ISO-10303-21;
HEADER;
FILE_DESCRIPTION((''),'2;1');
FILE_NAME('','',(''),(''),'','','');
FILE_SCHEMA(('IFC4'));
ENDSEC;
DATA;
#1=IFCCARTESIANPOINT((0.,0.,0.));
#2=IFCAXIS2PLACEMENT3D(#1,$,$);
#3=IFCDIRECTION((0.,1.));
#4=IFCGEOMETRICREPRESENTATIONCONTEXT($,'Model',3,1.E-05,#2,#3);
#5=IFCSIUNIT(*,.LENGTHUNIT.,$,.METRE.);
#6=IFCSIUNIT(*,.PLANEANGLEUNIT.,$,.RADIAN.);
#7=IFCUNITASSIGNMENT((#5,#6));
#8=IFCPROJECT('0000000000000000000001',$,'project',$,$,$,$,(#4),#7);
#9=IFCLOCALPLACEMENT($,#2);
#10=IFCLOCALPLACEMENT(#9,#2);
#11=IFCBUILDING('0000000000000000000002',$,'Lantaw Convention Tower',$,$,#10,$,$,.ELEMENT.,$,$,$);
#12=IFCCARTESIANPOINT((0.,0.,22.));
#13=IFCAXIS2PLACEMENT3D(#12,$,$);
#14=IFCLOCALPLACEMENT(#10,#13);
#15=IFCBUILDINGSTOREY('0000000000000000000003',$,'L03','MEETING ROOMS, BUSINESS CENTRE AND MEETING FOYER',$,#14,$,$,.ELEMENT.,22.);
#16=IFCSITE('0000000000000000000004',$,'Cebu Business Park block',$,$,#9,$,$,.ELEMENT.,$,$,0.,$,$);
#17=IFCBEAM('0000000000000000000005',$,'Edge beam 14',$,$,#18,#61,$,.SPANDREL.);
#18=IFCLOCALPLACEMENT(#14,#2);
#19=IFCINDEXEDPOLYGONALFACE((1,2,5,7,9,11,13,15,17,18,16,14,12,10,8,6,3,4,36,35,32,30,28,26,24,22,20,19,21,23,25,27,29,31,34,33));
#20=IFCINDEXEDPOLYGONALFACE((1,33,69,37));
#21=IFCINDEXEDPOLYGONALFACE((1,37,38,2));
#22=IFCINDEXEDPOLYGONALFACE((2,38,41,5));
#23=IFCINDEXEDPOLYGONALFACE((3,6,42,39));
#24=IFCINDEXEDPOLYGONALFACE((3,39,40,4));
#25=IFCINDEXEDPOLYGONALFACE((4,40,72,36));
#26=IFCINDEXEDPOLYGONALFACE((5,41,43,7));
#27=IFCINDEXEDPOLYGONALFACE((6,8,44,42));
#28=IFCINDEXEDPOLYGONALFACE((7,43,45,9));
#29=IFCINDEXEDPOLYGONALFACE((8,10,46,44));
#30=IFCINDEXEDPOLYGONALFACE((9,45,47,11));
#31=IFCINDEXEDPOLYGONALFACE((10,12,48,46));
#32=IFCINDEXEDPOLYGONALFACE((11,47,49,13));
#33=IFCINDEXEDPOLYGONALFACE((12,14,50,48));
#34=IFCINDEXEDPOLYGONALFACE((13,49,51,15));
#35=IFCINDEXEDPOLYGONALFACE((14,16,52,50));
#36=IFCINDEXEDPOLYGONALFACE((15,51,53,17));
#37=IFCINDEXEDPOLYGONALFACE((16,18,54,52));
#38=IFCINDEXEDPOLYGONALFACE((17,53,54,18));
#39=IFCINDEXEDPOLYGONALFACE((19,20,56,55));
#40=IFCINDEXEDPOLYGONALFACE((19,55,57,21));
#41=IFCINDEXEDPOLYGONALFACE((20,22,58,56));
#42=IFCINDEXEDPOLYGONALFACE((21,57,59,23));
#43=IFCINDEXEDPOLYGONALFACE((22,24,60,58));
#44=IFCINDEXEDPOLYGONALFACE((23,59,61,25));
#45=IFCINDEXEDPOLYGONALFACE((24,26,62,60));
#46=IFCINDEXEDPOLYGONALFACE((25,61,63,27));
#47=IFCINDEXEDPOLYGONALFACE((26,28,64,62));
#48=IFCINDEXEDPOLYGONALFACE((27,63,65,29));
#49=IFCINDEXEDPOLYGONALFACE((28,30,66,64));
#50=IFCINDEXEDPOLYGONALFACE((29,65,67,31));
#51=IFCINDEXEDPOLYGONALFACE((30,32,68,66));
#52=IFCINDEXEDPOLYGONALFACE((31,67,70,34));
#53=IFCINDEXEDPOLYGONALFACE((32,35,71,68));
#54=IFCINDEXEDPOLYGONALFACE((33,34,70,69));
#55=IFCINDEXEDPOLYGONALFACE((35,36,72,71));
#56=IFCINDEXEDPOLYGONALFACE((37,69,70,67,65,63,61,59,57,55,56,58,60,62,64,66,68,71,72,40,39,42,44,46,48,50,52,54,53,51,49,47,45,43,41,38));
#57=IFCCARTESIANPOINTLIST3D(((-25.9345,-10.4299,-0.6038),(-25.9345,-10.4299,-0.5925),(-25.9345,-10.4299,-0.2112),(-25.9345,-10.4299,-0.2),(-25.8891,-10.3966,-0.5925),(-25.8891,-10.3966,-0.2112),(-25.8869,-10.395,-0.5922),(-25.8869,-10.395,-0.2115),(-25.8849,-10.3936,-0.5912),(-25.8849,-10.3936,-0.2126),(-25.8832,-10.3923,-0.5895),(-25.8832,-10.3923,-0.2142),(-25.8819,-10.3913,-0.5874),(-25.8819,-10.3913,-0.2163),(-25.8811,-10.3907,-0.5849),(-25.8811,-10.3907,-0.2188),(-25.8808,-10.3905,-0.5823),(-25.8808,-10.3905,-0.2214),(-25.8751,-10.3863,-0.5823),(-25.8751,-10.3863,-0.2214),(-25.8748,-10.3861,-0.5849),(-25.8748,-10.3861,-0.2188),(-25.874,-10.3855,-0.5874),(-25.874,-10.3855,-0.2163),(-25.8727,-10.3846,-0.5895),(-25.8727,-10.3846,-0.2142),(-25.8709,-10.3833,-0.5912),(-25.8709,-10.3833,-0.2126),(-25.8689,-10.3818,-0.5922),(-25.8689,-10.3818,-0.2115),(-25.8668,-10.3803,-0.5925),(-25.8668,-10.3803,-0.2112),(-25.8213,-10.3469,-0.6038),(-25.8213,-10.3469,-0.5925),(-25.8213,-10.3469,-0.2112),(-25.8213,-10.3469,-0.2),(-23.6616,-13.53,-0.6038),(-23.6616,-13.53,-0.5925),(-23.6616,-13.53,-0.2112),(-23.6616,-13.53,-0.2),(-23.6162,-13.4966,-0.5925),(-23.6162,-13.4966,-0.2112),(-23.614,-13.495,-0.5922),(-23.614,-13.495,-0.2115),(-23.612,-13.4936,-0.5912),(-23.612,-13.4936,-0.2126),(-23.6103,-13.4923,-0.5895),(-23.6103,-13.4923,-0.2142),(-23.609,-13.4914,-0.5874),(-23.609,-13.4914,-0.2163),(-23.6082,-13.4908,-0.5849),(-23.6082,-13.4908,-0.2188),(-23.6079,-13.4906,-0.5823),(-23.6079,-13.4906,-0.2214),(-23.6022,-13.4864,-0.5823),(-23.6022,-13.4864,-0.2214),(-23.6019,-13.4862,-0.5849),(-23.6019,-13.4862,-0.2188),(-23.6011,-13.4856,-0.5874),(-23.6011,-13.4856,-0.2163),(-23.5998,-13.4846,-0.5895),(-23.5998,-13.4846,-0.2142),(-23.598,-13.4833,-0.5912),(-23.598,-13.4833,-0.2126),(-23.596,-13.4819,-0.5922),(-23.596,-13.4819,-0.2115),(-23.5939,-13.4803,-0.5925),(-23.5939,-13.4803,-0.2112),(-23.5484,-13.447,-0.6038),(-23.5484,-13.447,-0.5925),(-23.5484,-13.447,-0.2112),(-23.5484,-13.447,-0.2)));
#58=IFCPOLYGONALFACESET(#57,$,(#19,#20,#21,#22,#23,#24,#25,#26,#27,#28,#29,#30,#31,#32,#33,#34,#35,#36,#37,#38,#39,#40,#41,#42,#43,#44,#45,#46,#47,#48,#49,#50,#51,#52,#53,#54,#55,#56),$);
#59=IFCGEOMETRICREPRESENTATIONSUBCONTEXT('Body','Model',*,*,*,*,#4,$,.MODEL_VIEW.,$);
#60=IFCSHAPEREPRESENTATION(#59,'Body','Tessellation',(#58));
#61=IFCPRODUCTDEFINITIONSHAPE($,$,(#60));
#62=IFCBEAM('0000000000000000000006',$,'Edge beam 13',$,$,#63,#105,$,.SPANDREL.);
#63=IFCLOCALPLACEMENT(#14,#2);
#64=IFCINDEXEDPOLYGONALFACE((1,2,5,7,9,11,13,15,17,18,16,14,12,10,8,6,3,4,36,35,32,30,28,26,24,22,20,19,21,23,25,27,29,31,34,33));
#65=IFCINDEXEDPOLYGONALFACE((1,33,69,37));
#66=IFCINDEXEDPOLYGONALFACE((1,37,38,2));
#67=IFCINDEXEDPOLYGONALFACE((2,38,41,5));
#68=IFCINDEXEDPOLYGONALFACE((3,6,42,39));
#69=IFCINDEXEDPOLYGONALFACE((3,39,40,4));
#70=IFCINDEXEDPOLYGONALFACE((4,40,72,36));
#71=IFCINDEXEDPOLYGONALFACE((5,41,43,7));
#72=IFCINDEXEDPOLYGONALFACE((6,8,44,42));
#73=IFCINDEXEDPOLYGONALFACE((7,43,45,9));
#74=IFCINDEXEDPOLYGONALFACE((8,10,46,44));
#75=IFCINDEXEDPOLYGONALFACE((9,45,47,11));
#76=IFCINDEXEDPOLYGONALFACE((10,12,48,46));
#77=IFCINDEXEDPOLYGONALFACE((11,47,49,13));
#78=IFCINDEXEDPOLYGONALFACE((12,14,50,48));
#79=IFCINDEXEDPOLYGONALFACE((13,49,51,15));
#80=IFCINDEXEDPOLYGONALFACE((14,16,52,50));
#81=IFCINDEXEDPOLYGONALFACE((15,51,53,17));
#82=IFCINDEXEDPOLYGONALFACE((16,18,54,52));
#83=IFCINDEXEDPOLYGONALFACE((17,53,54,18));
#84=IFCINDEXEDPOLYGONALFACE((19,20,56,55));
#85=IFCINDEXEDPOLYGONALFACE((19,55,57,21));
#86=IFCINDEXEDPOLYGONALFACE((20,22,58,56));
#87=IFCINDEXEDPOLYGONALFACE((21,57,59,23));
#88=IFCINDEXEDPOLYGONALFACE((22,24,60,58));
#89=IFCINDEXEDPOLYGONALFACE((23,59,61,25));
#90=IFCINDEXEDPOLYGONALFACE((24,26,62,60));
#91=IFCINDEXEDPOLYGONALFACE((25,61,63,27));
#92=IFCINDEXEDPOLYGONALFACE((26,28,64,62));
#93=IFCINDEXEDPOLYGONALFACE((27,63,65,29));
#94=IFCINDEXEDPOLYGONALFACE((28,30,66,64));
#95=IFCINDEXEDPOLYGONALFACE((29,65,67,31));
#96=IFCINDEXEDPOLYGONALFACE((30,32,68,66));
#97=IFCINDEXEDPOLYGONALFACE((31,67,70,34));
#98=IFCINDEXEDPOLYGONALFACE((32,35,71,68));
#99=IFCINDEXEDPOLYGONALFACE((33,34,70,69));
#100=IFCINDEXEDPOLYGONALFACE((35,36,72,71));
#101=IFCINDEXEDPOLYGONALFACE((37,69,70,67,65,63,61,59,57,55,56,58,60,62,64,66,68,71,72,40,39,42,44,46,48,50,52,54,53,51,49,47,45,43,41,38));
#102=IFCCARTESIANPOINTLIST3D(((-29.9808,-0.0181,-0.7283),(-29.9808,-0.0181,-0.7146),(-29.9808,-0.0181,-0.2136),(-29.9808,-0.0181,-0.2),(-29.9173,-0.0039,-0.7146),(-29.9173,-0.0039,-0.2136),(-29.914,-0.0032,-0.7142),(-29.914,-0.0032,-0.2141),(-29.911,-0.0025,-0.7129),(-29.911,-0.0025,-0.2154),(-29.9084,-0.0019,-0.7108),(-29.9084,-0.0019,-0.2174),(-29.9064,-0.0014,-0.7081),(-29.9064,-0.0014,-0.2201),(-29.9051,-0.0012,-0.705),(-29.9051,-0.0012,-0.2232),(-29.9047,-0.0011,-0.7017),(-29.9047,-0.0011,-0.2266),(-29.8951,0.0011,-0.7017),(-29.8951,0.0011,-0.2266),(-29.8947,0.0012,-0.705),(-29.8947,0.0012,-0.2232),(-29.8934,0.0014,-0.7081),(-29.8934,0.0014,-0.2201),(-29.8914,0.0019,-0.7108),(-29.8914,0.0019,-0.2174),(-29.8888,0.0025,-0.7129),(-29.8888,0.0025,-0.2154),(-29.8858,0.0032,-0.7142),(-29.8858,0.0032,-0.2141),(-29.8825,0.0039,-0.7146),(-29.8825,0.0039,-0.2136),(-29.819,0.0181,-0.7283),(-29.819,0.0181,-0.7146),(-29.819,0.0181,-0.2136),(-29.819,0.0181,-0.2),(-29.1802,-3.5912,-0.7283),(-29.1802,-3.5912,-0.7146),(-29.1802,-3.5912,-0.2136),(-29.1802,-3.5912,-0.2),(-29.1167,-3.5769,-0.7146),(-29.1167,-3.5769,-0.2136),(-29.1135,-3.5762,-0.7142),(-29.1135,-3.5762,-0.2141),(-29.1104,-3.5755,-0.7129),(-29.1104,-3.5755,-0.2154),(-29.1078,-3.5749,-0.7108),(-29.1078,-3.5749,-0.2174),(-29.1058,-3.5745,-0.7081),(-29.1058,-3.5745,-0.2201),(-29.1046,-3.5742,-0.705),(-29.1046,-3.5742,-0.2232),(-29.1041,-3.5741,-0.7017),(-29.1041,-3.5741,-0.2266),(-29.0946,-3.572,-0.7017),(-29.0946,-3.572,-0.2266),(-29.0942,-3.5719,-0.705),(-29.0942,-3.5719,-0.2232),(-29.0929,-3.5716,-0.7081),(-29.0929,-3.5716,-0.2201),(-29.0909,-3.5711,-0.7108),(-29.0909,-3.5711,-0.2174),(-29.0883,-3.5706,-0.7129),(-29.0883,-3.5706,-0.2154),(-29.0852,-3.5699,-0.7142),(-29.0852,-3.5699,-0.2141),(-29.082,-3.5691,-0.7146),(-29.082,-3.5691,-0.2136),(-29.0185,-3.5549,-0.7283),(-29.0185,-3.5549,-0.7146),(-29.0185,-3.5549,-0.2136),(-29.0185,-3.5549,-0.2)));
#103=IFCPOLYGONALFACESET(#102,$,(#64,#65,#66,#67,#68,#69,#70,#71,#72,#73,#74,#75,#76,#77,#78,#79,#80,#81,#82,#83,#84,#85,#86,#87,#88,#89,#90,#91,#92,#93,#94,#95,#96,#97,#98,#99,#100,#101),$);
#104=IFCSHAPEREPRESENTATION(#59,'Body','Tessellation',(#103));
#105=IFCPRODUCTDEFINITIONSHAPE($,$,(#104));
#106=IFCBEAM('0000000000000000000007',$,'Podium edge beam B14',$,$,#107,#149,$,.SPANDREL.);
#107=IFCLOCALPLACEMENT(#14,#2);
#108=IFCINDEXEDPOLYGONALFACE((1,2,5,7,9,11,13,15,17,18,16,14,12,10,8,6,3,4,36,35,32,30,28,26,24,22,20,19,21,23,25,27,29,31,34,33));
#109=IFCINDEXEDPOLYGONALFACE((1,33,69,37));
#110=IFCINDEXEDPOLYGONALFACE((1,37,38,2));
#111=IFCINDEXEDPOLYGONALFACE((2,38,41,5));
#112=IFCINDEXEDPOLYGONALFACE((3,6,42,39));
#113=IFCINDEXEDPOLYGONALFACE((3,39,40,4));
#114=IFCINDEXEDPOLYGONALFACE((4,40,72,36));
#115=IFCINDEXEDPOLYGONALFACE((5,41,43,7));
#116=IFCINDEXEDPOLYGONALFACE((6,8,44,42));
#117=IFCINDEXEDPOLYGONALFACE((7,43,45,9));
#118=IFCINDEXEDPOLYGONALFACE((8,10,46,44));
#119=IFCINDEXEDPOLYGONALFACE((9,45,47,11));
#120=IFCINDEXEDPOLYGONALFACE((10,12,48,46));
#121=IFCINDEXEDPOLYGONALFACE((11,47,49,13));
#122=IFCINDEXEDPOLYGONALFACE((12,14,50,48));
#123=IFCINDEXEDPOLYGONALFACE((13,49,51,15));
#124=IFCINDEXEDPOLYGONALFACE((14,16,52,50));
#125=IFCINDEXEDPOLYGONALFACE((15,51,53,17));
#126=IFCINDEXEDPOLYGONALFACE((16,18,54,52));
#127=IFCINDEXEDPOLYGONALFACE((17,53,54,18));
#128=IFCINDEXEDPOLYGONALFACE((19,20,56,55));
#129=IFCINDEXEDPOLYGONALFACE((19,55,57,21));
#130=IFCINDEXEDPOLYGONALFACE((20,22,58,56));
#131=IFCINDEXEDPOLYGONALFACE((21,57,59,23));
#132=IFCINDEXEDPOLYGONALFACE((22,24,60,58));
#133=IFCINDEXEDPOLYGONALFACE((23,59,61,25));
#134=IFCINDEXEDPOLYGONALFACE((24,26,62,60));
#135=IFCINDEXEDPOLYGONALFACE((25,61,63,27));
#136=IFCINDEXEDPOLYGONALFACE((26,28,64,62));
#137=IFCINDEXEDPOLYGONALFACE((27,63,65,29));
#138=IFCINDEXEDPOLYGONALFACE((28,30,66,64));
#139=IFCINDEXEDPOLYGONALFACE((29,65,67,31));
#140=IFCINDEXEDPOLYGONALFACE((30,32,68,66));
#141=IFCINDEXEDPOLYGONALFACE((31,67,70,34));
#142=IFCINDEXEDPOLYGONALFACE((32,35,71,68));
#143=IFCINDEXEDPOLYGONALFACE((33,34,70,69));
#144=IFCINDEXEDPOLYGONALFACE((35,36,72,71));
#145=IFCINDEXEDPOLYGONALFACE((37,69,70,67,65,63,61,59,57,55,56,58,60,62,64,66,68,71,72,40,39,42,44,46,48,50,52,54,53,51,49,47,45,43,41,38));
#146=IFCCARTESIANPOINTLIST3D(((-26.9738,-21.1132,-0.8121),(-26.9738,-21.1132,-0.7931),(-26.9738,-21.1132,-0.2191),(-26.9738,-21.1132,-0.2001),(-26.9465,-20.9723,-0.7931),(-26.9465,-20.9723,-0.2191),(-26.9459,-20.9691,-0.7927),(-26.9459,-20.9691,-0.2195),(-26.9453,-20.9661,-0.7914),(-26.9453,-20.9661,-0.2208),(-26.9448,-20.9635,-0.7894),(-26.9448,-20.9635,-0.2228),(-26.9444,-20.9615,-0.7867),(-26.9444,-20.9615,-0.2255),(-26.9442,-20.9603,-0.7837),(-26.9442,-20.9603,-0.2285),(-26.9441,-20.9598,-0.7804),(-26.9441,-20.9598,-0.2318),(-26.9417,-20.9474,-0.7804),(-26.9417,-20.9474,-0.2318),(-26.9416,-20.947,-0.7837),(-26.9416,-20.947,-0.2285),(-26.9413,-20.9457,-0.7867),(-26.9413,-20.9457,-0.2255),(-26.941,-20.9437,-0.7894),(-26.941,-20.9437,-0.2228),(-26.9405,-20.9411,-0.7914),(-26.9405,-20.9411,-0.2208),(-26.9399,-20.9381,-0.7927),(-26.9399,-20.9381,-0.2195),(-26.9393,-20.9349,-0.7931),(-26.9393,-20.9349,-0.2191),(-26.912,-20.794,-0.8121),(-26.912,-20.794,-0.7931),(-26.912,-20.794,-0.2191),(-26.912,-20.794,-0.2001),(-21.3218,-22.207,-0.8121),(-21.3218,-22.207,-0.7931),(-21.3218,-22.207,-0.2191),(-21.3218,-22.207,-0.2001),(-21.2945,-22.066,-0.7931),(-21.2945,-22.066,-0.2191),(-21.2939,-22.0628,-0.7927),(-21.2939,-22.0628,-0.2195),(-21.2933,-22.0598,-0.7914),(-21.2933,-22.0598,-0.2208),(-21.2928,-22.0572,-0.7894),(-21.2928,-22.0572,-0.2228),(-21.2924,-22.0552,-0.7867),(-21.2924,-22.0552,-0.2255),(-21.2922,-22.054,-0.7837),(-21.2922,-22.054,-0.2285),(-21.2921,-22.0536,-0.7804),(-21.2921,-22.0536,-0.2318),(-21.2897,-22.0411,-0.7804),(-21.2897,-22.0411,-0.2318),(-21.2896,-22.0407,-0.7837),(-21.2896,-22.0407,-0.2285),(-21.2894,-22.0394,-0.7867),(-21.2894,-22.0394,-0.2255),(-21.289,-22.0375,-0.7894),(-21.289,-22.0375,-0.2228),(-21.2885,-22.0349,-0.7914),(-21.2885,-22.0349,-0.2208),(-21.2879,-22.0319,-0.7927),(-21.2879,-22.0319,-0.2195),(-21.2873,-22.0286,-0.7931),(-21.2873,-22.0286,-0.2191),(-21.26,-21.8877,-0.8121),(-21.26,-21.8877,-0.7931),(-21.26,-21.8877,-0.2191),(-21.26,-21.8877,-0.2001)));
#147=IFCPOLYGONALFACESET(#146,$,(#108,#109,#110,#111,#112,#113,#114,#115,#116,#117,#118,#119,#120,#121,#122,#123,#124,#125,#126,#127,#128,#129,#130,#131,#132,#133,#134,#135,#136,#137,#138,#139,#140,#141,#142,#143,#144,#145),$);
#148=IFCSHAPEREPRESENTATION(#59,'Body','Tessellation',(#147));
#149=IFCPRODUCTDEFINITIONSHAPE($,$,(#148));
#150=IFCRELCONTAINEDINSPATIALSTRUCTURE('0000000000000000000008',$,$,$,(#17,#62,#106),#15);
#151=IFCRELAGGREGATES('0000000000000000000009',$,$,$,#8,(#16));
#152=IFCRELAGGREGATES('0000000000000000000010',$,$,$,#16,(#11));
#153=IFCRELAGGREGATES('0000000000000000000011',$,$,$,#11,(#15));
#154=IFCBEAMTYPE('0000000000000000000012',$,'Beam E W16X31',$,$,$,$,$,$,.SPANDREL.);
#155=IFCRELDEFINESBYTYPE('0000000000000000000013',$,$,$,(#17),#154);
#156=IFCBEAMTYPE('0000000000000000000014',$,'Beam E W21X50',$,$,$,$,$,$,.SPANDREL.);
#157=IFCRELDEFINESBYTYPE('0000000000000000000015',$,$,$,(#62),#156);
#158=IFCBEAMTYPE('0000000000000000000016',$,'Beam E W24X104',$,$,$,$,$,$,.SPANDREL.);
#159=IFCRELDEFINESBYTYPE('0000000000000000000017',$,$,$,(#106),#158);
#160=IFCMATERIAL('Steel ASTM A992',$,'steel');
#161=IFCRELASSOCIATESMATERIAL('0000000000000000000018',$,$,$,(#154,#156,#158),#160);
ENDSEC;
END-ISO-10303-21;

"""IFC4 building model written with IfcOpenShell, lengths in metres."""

from ifc_helpers import new_model, si_unit, direction, frame, origin, origin_2d, place, context, subcontext, project, spatial, i_section, extrude, material, material_profile, profile_set, type_object, element, save


model = new_model("IFC4")

# Units and contexts
model_context = context("Model", 3, precision=1e-05, world=origin(), true_north=direction((0.0, 1.0)))
body_context = subcontext(model_context, "Body", "Model", "MODEL_VIEW")
ifc_project = project(units=[si_unit("LENGTHUNIT", "METRE"), si_unit("PLANEANGLEUNIT", "RADIAN")], contexts=[model_context])

# Site, building, storey
site_placement = place(None, origin())
site = spatial("IfcSite", under=ifc_project, at=site_placement, Name="Cebu Business Park block", CompositionType="ELEMENT", RefElevation=0.0)
building_placement = place(site_placement, origin())
building = spatial("IfcBuilding", under=site, at=building_placement, Name="Lantaw Convention Tower", CompositionType="ELEMENT")
storey_placement = place(building_placement, frame((0.0, 0.0, 22.0)))
storey = spatial("IfcBuildingStorey", under=building, at=storey_placement, Name="L03", Description="MEETING ROOMS, BUSINESS CENTRE AND MEETING FOYER", CompositionType="ELEMENT", Elevation=22.0)

# Beams
ifc_material_1 = material(Name="Steel ASTM A992", Category="steel")
ifc_material_profile_1 = material_profile(ifc_material_1, i_section(OverallWidth=0.1404, OverallDepth=0.4038, WebThickness=0.0071, FlangeThickness=0.0112, FilletRadius=0.0103, at=origin_2d()), Name="W16X31")
ifc_profile_set_1 = profile_set([ifc_material_profile_1], Name="Steel ASTM A992")
beam_type_1 = type_object("IfcBeamType", Name="Beam E W16X31", PredefinedType="SPANDREL", material=ifc_profile_set_1)
beam_1_placement = place(storey_placement, frame((-25.8779, -10.3884, -0.4019), z_axis=(0.591287, -0.806462, 0.0), x_axis=(0.806462, 0.591287, 0.0)))
element("IfcBeam", 1, at=beam_1_placement, inside=storey, type_object=beam_type_1, Name="Edge beam 14", PredefinedType="SPANDREL", context=body_context, shape_type="SweptSolid", body=[
    extrude(i_section(OverallWidth=0.1404, OverallDepth=0.4038, WebThickness=0.0071, FlangeThickness=0.0112, FilletRadius=0.0103, at=origin_2d()), origin(), (0.0, 0.0, 1.0), 3.844),
])
ifc_material_profile_2 = material_profile(ifc_material_1, i_section(OverallWidth=0.1658, OverallDepth=0.5283, WebThickness=0.0098, FlangeThickness=0.0137, FilletRadius=0.0129, at=origin_2d()), Name="W21X50")
ifc_profile_set_2 = profile_set([ifc_material_profile_2], Name="Steel ASTM A992")
beam_type_2 = type_object("IfcBeamType", Name="Beam E W21X50", PredefinedType="SPANDREL", material=ifc_profile_set_2)
beam_2_placement = place(storey_placement, frame((-29.8999, 0.0, -0.4641), z_axis=(0.218632, -0.975807, 0.0), x_axis=(0.975807, 0.218632, 0.0)))
element("IfcBeam", 2, at=beam_2_placement, inside=storey, type_object=beam_type_2, Name="Edge beam 13", PredefinedType="SPANDREL", context=body_context, shape_type="SweptSolid", body=[
    extrude(i_section(OverallWidth=0.1658, OverallDepth=0.5283, WebThickness=0.0098, FlangeThickness=0.0137, FilletRadius=0.0129, at=origin_2d()), origin(), (0.0, 0.0, 1.0), 3.6616),
])
ifc_material_profile_3 = material_profile(ifc_material_1, i_section(OverallWidth=0.3252, OverallDepth=0.6121, WebThickness=0.0127, FlangeThickness=0.019, FilletRadius=0.0127, at=origin_2d()), Name="W24X104")
ifc_profile_set_3 = profile_set([ifc_material_profile_3], Name="Steel ASTM A992")
beam_type_3 = type_object("IfcBeamType", Name="Beam E W24X104", PredefinedType="SPANDREL", material=ifc_profile_set_3)
beam_3_placement = place(storey_placement, frame((-26.9429, -20.9536, -0.5061), z_axis=(0.981786, -0.189988, 0.0), x_axis=(0.189988, 0.981786, 0.0)))
element("IfcBeam", 3, at=beam_3_placement, inside=storey, type_object=beam_type_3, Name="Podium edge beam B14", PredefinedType="SPANDREL", context=body_context, shape_type="SweptSolid", body=[
    extrude(i_section(OverallWidth=0.3252, OverallDepth=0.6121, WebThickness=0.0127, FlangeThickness=0.019, FilletRadius=0.0127, at=origin_2d()), origin(), (0.0, 0.0, 1.0), 5.7568),
])

save(model, "model.ifc")
